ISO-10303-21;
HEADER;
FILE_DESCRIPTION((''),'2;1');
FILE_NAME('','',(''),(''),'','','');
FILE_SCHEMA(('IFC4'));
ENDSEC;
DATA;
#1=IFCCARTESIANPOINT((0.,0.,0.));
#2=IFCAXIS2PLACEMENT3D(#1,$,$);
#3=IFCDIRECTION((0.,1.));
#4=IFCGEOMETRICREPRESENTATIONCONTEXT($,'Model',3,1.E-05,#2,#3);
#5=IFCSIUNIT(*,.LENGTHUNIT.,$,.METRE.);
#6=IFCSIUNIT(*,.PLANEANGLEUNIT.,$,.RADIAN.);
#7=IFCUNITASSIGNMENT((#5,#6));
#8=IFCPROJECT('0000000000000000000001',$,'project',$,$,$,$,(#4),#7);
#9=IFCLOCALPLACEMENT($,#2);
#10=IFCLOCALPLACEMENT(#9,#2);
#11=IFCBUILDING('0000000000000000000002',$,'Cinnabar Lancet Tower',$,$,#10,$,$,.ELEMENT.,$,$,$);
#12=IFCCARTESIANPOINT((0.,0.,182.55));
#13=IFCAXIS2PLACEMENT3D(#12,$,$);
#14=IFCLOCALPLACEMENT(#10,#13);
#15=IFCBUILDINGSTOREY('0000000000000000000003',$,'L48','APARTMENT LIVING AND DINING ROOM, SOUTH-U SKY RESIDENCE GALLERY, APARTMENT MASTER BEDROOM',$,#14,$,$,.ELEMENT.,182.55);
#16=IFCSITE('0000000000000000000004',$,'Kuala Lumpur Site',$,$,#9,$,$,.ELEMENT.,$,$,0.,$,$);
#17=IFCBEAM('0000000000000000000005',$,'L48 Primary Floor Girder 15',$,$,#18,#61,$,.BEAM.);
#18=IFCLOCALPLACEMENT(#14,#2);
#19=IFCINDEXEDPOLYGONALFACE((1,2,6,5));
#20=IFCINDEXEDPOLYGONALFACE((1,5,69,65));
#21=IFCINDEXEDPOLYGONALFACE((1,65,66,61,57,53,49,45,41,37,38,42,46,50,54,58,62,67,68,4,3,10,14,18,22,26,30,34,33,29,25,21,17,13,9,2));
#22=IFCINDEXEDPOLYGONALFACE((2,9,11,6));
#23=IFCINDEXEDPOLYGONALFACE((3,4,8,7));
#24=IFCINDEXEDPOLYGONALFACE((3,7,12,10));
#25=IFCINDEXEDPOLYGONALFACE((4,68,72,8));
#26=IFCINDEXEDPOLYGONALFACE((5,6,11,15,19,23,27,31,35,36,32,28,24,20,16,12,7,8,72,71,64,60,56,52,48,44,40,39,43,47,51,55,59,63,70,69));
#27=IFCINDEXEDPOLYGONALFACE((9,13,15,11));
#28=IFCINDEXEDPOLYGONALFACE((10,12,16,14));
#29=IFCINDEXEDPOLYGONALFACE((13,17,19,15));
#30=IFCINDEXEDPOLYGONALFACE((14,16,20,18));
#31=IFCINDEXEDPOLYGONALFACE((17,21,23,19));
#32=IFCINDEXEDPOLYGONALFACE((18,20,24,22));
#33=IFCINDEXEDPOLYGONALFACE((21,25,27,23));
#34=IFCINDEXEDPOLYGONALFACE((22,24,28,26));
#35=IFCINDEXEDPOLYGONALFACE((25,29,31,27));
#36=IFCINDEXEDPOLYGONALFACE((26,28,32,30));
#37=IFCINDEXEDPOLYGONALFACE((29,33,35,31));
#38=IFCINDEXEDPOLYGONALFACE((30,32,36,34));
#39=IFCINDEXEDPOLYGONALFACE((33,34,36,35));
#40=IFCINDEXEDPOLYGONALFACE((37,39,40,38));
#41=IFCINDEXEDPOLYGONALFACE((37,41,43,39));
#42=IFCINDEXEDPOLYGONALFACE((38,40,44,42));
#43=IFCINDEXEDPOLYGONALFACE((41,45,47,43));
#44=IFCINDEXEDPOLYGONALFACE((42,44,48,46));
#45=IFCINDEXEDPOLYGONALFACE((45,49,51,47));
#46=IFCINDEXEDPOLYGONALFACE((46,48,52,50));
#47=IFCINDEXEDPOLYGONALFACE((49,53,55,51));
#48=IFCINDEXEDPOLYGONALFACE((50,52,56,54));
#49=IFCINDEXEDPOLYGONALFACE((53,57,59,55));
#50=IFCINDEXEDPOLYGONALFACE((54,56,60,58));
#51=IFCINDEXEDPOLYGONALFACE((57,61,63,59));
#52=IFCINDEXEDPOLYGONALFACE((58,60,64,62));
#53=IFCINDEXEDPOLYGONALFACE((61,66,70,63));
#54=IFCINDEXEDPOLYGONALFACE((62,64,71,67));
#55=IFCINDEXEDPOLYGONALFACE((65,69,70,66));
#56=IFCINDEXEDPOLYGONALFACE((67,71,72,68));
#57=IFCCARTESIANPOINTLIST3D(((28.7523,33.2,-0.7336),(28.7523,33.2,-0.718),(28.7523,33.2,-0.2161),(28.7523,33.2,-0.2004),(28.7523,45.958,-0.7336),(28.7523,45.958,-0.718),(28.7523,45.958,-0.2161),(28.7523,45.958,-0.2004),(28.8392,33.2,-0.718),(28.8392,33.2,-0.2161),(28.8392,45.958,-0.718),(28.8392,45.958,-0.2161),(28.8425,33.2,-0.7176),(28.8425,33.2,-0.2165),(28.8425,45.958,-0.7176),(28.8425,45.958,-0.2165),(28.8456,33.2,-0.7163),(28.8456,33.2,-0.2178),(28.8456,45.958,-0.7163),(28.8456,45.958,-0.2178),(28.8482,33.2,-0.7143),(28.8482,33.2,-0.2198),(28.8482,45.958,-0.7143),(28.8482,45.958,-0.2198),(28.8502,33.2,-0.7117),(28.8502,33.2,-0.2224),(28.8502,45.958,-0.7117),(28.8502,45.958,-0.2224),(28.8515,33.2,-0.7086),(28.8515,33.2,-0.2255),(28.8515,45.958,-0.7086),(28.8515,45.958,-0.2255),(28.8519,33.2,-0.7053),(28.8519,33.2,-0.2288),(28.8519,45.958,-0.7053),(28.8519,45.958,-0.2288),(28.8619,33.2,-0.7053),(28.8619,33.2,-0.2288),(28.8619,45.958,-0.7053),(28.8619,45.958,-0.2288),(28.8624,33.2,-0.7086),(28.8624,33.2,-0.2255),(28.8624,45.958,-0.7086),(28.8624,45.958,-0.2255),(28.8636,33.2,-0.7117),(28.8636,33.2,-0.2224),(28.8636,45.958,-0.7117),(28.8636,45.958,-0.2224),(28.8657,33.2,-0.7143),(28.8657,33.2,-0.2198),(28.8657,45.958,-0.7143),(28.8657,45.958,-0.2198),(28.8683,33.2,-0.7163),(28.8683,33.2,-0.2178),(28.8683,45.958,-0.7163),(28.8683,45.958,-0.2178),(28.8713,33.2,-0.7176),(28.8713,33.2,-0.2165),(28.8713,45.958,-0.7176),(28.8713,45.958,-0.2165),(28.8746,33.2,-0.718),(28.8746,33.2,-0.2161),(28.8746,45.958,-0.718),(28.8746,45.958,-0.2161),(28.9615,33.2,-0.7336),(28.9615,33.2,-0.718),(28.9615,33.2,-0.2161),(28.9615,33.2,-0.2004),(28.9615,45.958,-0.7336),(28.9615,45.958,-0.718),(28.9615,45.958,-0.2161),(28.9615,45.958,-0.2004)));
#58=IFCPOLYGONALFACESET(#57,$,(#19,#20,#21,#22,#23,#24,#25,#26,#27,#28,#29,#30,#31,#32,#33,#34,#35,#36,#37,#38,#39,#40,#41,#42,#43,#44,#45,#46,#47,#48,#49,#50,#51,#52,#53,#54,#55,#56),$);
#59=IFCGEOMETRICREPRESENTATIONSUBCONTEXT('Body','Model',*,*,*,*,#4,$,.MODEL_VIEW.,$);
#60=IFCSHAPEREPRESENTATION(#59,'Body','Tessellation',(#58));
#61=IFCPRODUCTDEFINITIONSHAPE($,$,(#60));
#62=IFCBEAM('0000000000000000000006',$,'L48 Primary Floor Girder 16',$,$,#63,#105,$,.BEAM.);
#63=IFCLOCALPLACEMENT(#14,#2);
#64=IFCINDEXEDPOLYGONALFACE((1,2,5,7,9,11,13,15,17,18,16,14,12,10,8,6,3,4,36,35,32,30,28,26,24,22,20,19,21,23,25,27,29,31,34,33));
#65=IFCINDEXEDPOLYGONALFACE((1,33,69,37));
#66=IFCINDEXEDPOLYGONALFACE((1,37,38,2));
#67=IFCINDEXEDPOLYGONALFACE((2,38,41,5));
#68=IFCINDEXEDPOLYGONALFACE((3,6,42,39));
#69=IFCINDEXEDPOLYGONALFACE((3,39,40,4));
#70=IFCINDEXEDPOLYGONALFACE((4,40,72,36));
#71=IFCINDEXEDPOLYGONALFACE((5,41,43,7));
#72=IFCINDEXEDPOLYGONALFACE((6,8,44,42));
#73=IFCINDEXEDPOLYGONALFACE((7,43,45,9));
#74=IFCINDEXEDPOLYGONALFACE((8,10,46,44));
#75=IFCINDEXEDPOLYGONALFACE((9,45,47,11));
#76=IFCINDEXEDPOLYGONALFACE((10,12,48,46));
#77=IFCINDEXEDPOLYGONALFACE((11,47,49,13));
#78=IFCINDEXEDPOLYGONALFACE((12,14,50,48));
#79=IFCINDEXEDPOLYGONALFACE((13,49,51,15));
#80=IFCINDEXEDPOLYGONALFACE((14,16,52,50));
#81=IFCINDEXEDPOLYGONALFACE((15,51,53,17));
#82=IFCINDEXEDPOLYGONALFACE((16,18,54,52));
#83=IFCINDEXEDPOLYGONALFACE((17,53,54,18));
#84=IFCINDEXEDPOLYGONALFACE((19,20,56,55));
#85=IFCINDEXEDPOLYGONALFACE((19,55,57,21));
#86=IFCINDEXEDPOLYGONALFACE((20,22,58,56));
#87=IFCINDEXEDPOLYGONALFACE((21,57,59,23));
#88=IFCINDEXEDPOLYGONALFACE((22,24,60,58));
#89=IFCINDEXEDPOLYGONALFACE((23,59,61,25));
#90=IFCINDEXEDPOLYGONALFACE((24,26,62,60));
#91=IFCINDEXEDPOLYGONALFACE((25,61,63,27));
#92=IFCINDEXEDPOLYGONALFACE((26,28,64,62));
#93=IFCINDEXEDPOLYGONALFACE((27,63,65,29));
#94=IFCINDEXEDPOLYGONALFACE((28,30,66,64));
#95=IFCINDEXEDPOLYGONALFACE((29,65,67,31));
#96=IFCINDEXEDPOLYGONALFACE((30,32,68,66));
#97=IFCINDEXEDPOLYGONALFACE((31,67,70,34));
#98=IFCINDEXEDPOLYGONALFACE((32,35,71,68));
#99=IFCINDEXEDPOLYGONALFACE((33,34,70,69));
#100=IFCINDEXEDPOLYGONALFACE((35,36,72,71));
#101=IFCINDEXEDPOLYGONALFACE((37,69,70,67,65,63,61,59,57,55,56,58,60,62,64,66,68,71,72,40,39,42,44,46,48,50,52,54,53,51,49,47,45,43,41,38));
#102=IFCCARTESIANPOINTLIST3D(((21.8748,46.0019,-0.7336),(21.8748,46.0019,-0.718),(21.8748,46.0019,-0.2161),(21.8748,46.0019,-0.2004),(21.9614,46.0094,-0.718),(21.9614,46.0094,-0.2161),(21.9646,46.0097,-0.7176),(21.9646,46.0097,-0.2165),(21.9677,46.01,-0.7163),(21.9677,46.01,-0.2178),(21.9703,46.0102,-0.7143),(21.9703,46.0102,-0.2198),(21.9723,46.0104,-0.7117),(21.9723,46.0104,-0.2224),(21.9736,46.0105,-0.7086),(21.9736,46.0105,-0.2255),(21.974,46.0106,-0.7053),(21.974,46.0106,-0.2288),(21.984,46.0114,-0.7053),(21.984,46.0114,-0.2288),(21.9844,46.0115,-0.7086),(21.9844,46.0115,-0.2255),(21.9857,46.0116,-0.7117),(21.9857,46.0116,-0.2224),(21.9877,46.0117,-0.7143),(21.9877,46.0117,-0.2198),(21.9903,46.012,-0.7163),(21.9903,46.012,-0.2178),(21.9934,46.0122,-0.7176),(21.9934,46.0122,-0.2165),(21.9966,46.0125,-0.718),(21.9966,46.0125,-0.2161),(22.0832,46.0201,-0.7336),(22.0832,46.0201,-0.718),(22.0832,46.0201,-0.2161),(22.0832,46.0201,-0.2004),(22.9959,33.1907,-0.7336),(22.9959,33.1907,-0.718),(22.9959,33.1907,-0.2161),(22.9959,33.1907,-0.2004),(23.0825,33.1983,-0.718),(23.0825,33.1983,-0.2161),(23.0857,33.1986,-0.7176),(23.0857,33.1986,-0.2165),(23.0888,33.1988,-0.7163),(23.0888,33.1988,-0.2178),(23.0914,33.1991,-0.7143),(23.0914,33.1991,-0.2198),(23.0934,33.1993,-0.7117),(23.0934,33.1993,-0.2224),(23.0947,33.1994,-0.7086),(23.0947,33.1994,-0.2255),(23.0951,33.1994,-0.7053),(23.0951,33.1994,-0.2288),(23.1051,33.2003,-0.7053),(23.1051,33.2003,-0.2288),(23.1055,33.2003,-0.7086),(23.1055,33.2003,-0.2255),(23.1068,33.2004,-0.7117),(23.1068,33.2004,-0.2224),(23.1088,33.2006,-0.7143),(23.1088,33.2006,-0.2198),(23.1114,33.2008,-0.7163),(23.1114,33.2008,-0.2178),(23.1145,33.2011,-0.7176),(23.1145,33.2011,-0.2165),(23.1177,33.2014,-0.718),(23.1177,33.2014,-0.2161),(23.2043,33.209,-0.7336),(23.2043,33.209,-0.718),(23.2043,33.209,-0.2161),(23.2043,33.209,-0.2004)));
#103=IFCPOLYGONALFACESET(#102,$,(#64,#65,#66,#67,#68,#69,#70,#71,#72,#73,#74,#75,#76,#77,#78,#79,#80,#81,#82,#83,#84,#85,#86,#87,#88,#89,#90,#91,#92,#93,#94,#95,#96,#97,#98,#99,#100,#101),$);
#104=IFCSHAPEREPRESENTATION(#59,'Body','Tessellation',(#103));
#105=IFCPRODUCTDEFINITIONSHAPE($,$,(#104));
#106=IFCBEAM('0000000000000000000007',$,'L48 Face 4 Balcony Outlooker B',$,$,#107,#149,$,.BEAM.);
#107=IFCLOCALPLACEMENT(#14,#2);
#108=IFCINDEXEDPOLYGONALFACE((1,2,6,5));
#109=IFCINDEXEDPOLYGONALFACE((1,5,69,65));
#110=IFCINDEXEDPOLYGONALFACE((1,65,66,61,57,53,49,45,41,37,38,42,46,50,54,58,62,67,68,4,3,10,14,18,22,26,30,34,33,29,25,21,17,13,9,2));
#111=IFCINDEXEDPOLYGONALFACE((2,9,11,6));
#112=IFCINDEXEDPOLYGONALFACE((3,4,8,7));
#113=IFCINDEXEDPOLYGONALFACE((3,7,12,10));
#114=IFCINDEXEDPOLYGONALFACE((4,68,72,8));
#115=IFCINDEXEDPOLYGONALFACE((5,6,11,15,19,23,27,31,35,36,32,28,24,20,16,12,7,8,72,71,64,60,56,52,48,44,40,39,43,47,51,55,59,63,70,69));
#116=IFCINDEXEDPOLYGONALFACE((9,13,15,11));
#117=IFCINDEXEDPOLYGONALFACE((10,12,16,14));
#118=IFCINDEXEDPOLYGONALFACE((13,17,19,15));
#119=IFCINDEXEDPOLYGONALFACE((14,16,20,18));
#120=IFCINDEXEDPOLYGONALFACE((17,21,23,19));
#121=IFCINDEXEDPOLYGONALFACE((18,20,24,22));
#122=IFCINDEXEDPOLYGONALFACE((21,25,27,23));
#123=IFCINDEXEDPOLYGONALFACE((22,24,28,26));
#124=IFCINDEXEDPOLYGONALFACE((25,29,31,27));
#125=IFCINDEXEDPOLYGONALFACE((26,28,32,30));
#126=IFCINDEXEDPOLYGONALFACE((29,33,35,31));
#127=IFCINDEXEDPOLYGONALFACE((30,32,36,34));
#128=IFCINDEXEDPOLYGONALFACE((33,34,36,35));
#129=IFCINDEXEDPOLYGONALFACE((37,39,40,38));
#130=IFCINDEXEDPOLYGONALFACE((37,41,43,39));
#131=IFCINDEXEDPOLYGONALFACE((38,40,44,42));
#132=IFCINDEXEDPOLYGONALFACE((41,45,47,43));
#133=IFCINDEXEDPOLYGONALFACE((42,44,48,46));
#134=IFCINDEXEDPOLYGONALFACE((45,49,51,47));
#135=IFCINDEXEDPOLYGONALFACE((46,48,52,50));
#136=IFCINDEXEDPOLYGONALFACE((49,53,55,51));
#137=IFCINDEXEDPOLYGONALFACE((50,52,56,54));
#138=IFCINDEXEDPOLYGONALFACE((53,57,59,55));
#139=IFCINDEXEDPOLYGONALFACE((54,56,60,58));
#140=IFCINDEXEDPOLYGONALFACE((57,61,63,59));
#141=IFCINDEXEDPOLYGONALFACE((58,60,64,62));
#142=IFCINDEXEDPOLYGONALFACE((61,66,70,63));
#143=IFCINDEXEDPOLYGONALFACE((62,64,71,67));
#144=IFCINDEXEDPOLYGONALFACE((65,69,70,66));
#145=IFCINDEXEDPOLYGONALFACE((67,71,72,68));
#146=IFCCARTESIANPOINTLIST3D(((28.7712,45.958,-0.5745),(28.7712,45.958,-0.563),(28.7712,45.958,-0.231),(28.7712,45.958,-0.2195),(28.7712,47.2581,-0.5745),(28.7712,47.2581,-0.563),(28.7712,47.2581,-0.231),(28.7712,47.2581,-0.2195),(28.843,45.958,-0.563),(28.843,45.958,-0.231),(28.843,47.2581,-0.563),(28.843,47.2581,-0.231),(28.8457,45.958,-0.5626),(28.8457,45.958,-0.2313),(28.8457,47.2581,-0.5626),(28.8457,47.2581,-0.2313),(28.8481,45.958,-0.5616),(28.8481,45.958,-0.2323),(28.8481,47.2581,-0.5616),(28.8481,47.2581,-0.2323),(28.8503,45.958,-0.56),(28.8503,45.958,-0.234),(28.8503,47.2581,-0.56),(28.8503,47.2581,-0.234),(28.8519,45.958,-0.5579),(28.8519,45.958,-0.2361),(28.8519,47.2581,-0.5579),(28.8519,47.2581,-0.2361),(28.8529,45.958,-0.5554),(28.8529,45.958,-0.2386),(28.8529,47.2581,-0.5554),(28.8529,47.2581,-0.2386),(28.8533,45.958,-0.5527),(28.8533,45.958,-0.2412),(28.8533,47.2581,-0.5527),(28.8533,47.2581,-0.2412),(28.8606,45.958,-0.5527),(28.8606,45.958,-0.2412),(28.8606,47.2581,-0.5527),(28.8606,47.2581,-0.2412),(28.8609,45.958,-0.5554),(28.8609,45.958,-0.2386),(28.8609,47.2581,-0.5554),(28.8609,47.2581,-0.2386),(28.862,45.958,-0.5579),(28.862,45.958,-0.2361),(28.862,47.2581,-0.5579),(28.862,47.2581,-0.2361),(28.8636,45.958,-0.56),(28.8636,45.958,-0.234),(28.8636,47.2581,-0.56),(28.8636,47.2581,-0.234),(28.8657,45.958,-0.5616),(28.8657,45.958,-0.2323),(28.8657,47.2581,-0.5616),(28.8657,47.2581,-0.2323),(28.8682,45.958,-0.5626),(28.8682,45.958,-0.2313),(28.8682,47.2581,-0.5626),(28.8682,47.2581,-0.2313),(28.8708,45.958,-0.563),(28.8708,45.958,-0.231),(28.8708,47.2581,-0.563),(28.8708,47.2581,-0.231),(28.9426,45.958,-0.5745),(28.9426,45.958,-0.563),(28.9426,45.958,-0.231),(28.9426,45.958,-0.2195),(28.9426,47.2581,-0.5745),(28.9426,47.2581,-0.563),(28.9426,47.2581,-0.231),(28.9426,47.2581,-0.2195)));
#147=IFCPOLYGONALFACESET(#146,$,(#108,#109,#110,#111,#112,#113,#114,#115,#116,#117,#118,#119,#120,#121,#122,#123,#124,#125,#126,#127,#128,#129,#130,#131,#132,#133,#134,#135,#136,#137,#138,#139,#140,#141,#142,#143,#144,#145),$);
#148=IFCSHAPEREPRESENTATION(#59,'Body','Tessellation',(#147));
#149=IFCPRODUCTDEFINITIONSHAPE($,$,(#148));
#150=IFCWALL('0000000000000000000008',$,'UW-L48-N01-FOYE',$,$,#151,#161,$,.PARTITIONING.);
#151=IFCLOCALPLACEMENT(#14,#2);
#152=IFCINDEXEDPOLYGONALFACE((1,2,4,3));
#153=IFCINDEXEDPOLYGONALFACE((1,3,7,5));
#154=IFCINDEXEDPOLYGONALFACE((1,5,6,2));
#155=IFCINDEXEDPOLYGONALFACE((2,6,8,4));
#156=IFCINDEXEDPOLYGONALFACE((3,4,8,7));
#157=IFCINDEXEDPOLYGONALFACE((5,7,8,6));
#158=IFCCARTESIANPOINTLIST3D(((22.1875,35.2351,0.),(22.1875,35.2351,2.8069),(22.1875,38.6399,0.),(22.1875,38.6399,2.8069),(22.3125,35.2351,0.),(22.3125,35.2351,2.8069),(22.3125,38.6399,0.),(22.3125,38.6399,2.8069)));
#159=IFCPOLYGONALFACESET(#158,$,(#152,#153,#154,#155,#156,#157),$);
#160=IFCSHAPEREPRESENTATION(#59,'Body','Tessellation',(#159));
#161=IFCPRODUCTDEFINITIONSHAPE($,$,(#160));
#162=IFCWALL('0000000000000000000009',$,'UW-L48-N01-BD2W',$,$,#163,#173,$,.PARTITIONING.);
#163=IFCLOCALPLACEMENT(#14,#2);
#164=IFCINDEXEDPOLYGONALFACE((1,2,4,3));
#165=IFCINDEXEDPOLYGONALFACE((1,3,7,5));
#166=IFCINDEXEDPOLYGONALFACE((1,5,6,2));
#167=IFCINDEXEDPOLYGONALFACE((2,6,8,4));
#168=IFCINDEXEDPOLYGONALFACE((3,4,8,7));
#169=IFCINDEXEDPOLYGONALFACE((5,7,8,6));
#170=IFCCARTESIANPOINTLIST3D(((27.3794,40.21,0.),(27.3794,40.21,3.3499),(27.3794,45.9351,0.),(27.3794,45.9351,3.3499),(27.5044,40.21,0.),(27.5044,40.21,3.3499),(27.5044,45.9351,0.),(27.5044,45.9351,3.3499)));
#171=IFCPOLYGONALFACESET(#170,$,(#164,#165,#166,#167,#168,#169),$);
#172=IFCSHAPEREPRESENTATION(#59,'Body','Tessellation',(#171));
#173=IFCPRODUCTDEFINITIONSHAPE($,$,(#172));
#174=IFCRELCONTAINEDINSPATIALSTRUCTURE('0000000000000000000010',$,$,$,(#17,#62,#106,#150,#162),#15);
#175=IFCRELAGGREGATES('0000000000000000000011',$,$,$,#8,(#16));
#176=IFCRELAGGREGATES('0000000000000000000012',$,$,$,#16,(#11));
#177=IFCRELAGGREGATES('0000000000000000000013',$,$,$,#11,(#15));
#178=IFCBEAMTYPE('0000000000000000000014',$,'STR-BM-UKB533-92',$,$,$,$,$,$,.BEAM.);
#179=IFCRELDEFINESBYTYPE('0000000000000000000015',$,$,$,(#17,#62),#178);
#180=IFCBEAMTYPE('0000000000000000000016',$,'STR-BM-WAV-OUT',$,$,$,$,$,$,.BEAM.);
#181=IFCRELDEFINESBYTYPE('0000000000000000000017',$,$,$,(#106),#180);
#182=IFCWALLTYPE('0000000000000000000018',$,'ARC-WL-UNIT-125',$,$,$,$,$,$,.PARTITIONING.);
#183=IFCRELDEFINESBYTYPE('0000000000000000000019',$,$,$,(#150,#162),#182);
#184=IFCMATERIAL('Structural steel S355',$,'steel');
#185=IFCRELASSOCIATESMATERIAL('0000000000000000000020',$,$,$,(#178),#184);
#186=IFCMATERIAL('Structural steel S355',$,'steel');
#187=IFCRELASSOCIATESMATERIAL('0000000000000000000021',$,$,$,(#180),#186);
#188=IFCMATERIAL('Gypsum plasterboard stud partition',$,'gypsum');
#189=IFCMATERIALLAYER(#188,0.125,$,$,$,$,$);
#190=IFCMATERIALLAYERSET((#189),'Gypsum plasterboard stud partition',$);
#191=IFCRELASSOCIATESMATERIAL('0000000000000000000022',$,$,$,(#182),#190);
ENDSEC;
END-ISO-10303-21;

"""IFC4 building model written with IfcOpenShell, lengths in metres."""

from ifc_helpers import new_model, si_unit, direction, frame, frame_2d, origin, origin_2d, place, context, subcontext, project, spatial, rectangle, i_section, extrude, material, layer, layer_set, material_profile, profile_set, type_object, element, save


model = new_model("IFC4")

# Units and contexts
model_context = context("Model", 3, precision=1e-05, world=origin(), true_north=direction((0.0, 1.0)))
body_context = subcontext(model_context, "Body", "Model", "MODEL_VIEW")
ifc_project = project(units=[si_unit("LENGTHUNIT", "METRE"), si_unit("PLANEANGLEUNIT", "RADIAN")], contexts=[model_context])

# Site, building, storey
site_placement = place(None, origin())
site = spatial("IfcSite", under=ifc_project, at=site_placement, Name="Kuala Lumpur Site", CompositionType="ELEMENT", RefElevation=0.0)
building_placement = place(site_placement, origin())
building = spatial("IfcBuilding", under=site, at=building_placement, Name="Cinnabar Lancet Tower", CompositionType="ELEMENT")
storey_placement = place(building_placement, frame((0.0, 0.0, 182.55)))
storey = spatial("IfcBuildingStorey", under=building, at=storey_placement, Name="L48", Description="APARTMENT LIVING AND DINING ROOM, SOUTH-U SKY RESIDENCE GALLERY, APARTMENT MASTER BEDROOM", CompositionType="ELEMENT", Elevation=182.55)

# Beams
ifc_material_1 = material(Name="Structural steel S355", Category="steel")
ifc_material_profile_1 = material_profile(ifc_material_1, i_section(OverallWidth=0.2092, OverallDepth=0.5332, WebThickness=0.01, FlangeThickness=0.0156, FilletRadius=0.0127, at=origin_2d()), Name="UKB 533x210x92")
ifc_profile_set_1 = profile_set([ifc_material_profile_1], Name="Structural steel S355")
beam_type_1 = type_object("IfcBeamType", Name="STR-BM-UKB533-92", PredefinedType="BEAM", material=ifc_profile_set_1)
beam_1_placement = place(storey_placement, frame((28.8569, 45.958, -0.467), z_axis=(0.0, -1.0, 0.0), x_axis=(1.0, 0.0, 0.0)))
element("IfcBeam", 1, at=beam_1_placement, inside=storey, type_object=beam_type_1, Name="L48 Primary Floor Girder 15", PredefinedType="BEAM", context=body_context, shape_type="SweptSolid", body=[
    extrude(i_section(OverallWidth=0.2092, OverallDepth=0.5332, WebThickness=0.01, FlangeThickness=0.0156, FilletRadius=0.0127, at=origin_2d()), origin(), (0.0, 0.0, 1.0), 12.7581),
])
beam_2_placement = place(storey_placement, frame((21.979, 46.011, -0.467), z_axis=(0.087177, -0.996193, 0.0), x_axis=(0.996193, 0.087177, 0.0)))
element("IfcBeam", 2, at=beam_2_placement, inside=storey, type_object=beam_type_1, Name="L48 Primary Floor Girder 16", PredefinedType="BEAM", context=body_context, shape_type="SweptSolid", body=[
    extrude(i_section(OverallWidth=0.2092, OverallDepth=0.5332, WebThickness=0.01, FlangeThickness=0.0156, FilletRadius=0.0127, at=origin_2d()), origin(), (0.0, 0.0, 1.0), 12.8601),
])
ifc_material_2 = material(Name="Structural steel S355", Category="steel")
ifc_material_profile_2 = material_profile(ifc_material_2, i_section(OverallWidth=0.1714, OverallDepth=0.355, WebThickness=0.0073, FlangeThickness=0.0115, FilletRadius=0.0103, at=origin_2d()), Name="UKB 356x171x51")
ifc_profile_set_2 = profile_set([ifc_material_profile_2], Name="Structural steel S355")
beam_type_2 = type_object("IfcBeamType", Name="STR-BM-WAV-OUT", PredefinedType="BEAM", material=ifc_profile_set_2)
beam_3_placement = place(storey_placement, frame((28.8569, 45.958, -0.397), z_axis=(0.0, 1.0, 0.0), x_axis=(-1.0, 0.0, 0.0)))
element("IfcBeam", 3, at=beam_3_placement, inside=storey, type_object=beam_type_2, Name="L48 Face 4 Balcony Outlooker B", PredefinedType="BEAM", context=body_context, shape_type="SweptSolid", body=[
    extrude(i_section(OverallWidth=0.1714, OverallDepth=0.355, WebThickness=0.0073, FlangeThickness=0.0115, FilletRadius=0.0103, at=origin_2d()), origin(), (0.0, 0.0, 1.0), 1.3),
])

# Walls
ifc_material_3 = material(Name="Gypsum plasterboard stud partition", Category="gypsum")
ifc_layer_1 = layer(ifc_material_3, 0.125)
ifc_layer_set_1 = layer_set([ifc_layer_1], Name="Gypsum plasterboard stud partition")
wall_type_1 = type_object("IfcWallType", Name="ARC-WL-UNIT-125", PredefinedType="PARTITIONING", material=ifc_layer_set_1)
wall_1_placement = place(storey_placement, frame((22.25, 35.2351, 0.0), z_axis=(0.0, 0.0, 1.0), x_axis=(0.0, 1.0, 0.0)))
element("IfcWall", 4, at=wall_1_placement, inside=storey, type_object=wall_type_1, Name="UW-L48-N01-FOYE", PredefinedType="PARTITIONING", context=body_context, shape_type="SweptSolid", body=[
    extrude(rectangle(XDim=3.4048, YDim=0.125, at=frame_2d((1.7024, 0.0))), origin(), (0.0, 0.0, 1.0), 2.8069),
])
wall_2_placement = place(storey_placement, frame((27.4419, 40.21, 0.0), z_axis=(0.0, 0.0, 1.0), x_axis=(0.0, 1.0, 0.0)))
element("IfcWall", 5, at=wall_2_placement, inside=storey, type_object=wall_type_1, Name="UW-L48-N01-BD2W", PredefinedType="PARTITIONING", context=body_context, shape_type="SweptSolid", body=[
    extrude(rectangle(XDim=5.7251, YDim=0.125, at=frame_2d((2.8625, 0.0))), origin(), (0.0, 0.0, 1.0), 3.3499),
])

save(model, "model.ifc")
